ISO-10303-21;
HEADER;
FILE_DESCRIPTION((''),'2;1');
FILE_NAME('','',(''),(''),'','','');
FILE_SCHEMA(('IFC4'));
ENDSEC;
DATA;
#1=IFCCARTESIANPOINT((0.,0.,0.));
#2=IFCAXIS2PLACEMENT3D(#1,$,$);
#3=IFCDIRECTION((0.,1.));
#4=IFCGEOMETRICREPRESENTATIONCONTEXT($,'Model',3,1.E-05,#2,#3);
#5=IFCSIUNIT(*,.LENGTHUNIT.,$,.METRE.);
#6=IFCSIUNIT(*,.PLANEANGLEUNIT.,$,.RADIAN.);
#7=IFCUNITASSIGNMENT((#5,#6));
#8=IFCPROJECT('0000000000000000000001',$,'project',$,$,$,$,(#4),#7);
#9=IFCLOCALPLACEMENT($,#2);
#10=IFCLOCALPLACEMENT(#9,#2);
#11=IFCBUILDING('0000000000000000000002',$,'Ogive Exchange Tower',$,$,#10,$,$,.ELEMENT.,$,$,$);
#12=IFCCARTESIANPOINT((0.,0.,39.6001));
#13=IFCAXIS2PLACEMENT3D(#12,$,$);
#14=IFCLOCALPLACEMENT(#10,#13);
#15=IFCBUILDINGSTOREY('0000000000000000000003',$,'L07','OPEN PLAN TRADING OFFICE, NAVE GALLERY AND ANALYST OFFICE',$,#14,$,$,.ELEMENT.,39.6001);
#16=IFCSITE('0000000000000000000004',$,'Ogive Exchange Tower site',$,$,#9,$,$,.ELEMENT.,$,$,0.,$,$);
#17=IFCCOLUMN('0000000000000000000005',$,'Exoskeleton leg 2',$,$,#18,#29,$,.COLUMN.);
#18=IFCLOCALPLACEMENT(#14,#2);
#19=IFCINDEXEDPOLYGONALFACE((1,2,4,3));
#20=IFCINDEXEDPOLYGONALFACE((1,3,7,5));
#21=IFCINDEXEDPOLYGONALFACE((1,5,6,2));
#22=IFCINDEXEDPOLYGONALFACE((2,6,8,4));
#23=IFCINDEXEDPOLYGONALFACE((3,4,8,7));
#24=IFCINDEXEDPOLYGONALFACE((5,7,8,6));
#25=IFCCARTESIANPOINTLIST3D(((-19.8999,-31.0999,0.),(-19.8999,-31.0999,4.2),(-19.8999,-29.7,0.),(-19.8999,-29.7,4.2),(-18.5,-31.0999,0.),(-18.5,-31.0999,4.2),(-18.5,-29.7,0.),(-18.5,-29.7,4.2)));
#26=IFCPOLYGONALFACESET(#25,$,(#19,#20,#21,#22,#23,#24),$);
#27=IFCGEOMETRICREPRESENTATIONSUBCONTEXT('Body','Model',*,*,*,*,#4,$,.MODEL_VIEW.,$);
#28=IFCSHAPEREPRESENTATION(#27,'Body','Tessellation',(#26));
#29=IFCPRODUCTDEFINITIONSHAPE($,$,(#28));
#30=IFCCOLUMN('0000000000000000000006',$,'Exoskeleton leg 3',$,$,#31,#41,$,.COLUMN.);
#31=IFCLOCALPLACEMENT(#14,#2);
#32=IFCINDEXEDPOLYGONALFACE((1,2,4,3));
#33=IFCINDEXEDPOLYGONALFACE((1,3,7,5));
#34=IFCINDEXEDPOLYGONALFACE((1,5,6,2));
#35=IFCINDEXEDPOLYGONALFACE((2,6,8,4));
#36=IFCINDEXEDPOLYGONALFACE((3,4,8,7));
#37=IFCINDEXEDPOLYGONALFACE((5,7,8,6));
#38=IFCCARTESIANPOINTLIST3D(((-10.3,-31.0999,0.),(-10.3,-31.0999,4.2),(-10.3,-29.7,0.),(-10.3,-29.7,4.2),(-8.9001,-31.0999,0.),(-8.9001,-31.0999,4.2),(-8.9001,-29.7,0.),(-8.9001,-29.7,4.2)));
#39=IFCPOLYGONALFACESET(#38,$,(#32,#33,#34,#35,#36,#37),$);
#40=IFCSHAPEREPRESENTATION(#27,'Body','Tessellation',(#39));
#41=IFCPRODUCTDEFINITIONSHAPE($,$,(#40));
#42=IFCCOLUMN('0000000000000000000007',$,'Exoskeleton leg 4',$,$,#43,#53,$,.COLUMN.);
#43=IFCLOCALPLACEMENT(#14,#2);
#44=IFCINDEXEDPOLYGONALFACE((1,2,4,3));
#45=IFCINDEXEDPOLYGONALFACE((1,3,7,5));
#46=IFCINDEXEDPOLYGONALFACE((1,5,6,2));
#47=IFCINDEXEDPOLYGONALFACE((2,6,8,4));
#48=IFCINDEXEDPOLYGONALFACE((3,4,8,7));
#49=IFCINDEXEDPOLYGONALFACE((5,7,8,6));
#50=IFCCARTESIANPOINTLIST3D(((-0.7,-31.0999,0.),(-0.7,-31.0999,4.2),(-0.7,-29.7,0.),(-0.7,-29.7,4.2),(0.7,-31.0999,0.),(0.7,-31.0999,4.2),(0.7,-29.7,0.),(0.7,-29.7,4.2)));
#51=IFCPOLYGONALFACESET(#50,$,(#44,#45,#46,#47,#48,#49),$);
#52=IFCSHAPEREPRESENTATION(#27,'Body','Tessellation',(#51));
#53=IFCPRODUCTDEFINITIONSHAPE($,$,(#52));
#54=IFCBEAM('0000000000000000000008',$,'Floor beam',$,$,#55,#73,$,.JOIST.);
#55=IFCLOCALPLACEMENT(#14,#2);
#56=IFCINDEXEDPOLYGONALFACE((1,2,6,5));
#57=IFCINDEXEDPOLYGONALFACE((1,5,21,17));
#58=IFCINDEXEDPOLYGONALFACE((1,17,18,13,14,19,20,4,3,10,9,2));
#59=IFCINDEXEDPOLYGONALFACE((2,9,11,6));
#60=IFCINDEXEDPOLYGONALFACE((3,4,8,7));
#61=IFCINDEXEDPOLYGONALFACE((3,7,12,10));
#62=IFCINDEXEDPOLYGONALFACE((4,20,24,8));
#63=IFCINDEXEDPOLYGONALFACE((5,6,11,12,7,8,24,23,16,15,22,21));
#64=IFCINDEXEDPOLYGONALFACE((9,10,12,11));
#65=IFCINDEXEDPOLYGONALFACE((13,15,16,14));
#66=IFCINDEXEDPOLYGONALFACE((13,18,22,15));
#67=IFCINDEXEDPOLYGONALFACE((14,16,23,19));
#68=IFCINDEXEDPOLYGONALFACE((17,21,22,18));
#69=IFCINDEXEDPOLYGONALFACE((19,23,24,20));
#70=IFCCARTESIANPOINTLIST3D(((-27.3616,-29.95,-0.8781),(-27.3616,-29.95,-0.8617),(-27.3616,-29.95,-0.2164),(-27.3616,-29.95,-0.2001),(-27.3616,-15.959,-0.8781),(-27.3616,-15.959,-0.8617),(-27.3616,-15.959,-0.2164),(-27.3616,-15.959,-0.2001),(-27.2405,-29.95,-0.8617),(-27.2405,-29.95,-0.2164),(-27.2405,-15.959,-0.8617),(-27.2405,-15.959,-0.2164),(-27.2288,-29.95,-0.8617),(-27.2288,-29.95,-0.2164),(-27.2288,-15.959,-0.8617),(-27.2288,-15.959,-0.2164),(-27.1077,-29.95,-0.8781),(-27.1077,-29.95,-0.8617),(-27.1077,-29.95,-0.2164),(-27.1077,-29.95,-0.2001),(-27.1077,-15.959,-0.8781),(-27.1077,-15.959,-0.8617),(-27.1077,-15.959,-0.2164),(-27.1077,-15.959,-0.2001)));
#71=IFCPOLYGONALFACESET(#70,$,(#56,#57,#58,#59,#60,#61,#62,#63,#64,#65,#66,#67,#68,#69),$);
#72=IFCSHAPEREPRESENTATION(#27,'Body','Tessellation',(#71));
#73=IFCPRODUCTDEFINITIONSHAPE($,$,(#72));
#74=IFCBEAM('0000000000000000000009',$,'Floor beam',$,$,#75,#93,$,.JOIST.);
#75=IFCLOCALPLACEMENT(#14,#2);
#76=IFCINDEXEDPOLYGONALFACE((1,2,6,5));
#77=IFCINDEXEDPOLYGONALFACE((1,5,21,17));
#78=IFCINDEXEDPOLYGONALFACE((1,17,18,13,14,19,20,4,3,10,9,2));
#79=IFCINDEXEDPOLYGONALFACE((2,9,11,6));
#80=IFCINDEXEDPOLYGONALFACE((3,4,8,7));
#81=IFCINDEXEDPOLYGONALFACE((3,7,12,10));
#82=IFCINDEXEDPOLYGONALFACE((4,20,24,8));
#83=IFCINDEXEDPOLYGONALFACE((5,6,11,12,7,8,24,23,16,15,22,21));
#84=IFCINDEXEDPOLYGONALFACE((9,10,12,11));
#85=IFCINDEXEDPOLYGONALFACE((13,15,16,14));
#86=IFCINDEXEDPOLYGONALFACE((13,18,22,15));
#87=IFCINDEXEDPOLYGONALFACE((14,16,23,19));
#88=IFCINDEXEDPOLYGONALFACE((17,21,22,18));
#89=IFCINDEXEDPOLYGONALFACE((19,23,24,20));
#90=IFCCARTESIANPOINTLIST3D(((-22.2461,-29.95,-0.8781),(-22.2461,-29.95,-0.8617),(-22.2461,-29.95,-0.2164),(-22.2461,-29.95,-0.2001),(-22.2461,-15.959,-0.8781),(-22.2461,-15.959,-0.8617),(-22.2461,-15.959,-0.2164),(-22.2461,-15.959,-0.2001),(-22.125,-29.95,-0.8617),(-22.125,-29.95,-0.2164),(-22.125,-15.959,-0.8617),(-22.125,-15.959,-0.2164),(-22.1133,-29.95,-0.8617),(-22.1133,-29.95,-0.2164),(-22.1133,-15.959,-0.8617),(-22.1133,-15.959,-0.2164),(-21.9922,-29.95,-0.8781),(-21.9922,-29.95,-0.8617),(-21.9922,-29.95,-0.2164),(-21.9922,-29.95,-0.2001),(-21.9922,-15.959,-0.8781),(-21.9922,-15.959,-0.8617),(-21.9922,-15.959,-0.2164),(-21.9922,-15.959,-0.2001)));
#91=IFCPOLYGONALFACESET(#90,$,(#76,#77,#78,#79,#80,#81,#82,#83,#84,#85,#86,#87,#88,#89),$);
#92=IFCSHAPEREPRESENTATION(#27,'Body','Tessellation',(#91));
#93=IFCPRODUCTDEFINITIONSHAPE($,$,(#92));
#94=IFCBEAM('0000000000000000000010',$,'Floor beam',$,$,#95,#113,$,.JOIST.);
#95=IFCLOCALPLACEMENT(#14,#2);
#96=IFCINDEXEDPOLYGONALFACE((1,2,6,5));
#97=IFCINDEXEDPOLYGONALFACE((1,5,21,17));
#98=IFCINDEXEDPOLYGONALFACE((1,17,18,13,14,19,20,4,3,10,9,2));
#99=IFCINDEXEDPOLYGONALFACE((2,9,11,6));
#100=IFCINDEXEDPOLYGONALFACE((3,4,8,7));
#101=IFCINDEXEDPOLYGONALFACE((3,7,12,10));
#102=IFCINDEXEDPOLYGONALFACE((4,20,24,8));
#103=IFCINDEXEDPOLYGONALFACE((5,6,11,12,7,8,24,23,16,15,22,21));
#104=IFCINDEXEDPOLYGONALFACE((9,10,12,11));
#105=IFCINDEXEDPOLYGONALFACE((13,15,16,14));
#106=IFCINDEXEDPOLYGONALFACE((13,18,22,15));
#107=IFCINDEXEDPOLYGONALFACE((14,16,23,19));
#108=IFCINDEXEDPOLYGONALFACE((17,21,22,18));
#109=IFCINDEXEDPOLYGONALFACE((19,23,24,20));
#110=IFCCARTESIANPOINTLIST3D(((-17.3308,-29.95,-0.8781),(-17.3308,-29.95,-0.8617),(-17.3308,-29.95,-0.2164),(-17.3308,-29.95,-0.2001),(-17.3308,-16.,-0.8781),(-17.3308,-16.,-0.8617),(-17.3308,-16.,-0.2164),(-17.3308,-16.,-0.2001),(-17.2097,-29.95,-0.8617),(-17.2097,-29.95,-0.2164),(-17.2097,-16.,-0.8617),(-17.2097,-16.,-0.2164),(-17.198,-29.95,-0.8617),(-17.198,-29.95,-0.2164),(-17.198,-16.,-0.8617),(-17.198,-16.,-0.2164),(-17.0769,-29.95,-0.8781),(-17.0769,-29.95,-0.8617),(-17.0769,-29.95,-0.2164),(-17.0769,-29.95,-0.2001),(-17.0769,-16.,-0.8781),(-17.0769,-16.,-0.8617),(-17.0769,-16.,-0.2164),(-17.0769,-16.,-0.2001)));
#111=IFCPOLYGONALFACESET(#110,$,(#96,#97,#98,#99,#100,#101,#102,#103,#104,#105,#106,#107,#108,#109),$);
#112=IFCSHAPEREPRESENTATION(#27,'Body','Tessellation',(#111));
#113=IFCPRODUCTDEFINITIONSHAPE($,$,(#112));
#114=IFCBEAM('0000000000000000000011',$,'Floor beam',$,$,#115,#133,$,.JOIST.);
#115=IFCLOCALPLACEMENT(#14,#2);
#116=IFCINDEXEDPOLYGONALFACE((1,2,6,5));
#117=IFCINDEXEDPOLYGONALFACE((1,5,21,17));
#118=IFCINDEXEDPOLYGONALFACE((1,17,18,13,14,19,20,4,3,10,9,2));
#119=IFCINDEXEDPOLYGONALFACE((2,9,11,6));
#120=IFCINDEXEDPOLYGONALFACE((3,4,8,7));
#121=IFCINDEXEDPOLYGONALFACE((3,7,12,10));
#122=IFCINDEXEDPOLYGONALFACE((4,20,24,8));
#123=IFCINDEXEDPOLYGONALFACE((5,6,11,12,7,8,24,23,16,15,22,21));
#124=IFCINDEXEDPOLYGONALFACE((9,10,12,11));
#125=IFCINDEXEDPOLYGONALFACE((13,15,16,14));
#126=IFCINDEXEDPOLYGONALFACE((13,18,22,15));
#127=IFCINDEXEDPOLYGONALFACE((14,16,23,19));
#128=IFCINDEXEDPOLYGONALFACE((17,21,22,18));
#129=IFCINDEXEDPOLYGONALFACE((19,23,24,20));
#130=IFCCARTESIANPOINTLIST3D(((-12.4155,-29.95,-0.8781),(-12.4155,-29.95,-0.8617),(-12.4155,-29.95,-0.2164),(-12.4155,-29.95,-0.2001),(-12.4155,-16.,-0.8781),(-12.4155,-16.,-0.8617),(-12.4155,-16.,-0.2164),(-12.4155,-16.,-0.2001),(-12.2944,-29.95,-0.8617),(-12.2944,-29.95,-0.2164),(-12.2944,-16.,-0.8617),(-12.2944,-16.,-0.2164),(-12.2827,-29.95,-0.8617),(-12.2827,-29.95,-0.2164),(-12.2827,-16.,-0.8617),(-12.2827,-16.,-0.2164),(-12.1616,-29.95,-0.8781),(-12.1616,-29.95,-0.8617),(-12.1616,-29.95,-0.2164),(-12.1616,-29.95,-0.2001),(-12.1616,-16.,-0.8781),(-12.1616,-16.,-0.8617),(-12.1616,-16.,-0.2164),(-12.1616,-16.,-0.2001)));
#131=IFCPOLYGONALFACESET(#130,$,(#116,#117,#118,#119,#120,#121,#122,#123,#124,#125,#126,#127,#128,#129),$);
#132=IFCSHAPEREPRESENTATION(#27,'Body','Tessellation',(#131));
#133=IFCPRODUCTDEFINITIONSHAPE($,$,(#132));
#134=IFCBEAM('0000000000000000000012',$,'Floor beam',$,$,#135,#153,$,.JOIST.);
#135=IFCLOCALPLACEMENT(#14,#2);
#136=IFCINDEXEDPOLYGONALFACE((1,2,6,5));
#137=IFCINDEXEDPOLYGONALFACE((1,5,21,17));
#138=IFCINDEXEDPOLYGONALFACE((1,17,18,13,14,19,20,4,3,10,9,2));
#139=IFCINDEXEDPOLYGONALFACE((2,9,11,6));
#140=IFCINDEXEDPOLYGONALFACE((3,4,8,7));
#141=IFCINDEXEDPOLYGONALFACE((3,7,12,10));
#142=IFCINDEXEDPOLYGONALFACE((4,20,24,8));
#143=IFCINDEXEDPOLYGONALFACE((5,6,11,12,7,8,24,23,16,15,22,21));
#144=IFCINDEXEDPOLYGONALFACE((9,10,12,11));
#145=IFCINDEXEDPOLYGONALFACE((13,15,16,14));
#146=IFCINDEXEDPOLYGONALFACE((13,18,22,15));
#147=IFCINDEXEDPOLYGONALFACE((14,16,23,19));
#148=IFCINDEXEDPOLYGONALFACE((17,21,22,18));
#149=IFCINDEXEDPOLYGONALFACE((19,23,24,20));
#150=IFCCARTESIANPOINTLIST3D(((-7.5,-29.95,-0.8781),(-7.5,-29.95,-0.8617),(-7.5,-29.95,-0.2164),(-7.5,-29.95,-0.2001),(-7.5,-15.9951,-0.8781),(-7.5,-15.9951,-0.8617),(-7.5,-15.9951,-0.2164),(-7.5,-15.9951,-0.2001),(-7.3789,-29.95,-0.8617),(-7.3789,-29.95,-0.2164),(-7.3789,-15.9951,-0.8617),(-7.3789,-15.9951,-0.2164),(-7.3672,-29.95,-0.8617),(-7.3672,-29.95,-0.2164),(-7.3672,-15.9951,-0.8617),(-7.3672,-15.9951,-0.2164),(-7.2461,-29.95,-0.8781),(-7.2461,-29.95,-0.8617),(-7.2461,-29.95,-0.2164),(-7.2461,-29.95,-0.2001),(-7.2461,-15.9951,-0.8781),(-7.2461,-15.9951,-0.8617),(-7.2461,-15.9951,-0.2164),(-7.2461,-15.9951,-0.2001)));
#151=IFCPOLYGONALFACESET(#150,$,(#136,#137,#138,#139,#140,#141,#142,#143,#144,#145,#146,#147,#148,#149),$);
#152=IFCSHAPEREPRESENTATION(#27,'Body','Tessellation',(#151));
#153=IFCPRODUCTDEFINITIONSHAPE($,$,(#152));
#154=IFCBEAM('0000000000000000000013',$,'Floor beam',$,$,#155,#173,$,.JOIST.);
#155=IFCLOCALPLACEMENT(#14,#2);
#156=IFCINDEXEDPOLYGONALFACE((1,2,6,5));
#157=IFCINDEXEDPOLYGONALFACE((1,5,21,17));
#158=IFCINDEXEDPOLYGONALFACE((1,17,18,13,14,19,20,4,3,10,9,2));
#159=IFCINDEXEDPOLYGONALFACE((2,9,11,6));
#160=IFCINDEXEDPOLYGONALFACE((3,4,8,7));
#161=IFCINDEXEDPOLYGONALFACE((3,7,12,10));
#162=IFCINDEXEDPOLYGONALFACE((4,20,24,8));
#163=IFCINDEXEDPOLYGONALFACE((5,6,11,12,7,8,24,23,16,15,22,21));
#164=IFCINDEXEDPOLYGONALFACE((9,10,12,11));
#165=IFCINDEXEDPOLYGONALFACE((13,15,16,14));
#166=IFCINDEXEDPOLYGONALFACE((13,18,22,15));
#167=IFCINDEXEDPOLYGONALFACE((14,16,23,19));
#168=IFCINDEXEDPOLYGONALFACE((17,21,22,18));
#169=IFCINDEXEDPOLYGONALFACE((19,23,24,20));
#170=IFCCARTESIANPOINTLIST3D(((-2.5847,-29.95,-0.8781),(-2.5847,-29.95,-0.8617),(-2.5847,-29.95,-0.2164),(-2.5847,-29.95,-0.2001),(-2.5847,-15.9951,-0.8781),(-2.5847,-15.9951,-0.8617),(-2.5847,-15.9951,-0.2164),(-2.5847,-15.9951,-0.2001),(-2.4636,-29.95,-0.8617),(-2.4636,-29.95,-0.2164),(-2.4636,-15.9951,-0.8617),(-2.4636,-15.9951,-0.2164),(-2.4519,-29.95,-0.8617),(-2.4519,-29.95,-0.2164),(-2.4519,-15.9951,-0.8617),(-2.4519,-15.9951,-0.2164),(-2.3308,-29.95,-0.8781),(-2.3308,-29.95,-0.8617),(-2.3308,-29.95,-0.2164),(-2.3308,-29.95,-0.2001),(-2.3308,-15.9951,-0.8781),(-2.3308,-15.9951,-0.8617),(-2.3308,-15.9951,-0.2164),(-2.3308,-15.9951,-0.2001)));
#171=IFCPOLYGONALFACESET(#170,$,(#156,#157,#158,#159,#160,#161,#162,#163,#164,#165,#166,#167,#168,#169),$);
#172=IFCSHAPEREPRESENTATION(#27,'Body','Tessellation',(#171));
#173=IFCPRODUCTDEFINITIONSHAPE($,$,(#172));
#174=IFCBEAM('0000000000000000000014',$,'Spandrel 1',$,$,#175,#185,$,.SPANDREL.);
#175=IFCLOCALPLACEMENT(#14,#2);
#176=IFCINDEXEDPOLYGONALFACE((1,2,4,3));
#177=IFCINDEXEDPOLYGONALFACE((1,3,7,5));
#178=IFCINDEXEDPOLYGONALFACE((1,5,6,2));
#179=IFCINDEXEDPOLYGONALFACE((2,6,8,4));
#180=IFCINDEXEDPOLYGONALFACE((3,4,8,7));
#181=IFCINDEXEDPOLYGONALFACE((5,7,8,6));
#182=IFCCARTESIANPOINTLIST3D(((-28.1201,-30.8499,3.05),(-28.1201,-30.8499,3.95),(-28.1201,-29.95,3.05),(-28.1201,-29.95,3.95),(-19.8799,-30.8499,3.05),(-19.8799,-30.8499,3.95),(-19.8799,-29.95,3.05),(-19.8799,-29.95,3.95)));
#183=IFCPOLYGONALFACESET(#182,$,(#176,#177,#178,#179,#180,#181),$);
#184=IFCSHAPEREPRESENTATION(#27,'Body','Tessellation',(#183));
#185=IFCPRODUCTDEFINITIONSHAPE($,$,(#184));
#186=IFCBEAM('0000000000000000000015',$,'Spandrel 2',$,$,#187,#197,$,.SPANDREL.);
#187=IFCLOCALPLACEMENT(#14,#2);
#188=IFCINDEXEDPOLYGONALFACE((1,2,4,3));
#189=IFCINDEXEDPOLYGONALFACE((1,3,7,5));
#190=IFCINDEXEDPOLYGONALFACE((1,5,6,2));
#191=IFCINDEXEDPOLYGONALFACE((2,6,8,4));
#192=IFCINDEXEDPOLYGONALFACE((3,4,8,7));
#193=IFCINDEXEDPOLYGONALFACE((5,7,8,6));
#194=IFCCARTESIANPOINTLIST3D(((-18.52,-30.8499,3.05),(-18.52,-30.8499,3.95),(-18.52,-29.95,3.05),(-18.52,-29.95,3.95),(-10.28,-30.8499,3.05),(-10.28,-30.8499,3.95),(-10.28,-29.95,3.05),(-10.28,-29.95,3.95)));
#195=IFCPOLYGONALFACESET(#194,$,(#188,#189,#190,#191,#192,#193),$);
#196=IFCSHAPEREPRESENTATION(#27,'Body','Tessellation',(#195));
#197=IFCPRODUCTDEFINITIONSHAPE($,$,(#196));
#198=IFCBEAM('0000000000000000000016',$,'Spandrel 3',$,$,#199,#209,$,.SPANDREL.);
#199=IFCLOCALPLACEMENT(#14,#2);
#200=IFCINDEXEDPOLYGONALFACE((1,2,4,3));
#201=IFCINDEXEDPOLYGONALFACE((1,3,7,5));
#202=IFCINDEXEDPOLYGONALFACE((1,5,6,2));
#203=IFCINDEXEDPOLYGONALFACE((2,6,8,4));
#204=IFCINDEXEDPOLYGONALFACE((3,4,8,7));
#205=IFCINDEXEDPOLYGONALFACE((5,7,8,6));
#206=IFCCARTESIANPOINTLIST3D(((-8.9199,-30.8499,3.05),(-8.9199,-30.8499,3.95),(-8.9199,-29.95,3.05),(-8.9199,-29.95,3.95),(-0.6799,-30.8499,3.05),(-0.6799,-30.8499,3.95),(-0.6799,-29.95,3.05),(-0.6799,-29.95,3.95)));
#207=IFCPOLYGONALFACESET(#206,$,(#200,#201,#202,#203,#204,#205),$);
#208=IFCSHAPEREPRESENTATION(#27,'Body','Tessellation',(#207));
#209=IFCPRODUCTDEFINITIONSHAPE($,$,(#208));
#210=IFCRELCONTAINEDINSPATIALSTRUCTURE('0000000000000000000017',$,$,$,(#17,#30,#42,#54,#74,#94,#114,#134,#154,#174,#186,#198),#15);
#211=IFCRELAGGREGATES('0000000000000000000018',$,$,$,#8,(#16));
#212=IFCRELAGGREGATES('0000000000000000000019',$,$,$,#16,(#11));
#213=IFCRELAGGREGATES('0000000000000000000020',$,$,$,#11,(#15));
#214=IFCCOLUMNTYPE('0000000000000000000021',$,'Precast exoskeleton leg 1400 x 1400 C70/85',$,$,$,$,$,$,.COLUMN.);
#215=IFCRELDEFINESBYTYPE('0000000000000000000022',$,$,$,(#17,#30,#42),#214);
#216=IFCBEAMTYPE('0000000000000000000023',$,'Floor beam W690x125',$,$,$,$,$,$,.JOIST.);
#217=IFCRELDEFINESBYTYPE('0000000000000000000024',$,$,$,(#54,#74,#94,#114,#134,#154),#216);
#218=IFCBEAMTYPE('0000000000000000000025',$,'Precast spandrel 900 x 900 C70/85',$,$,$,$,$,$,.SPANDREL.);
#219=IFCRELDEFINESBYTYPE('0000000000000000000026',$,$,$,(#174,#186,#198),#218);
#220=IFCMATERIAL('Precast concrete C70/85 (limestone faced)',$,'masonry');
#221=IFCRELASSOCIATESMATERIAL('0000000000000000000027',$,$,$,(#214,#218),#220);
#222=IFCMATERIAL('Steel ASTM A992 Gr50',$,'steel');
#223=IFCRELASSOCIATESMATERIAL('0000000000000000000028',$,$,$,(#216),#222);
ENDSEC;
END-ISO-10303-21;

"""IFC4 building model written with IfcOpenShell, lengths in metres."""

from ifc_helpers import new_model, si_unit, direction, frame, origin, origin_2d, place, context, subcontext, project, spatial, rectangle, i_section, extrude, material, material_profile, profile_set, type_object, element, save


model = new_model("IFC4")

# Units and contexts
model_context = context("Model", 3, precision=1e-05, world=origin(), true_north=direction((0.0, 1.0)))
body_context = subcontext(model_context, "Body", "Model", "MODEL_VIEW")
ifc_project = project(units=[si_unit("LENGTHUNIT", "METRE"), si_unit("PLANEANGLEUNIT", "RADIAN")], contexts=[model_context])

# Site, building, storey
site_placement = place(None, origin())
site = spatial("IfcSite", under=ifc_project, at=site_placement, Name="Ogive Exchange Tower site", CompositionType="ELEMENT", RefElevation=0.0)
building_placement = place(site_placement, origin())
building = spatial("IfcBuilding", under=site, at=building_placement, Name="Ogive Exchange Tower", CompositionType="ELEMENT")
storey_placement = place(building_placement, frame((0.0, 0.0, 39.6001)))
storey = spatial("IfcBuildingStorey", under=building, at=storey_placement, Name="L07", Description="OPEN PLAN TRADING OFFICE, NAVE GALLERY AND ANALYST OFFICE", CompositionType="ELEMENT", Elevation=39.6001)

# Columns
ifc_material_1 = material(Name="Precast concrete C70/85 (limestone faced)", Category="masonry")
ifc_material_profile_1 = material_profile(ifc_material_1, rectangle(XDim=1.3999, YDim=1.3999, at=origin_2d()), Name="1400 x 1400")
ifc_profile_set_1 = profile_set([ifc_material_profile_1], Name="Precast concrete C70/85 (limestone faced)")
column_type = type_object("IfcColumnType", Name="Precast exoskeleton leg 1400 x 1400 C70/85", PredefinedType="COLUMN", material=ifc_profile_set_1)
for number, where, z_axis, x_axis, name in (
    (1, (-19.2, -30.3999, 0.0), (0.0, 0.0, 1.0), (1.0, 0.0, 0.0), "Exoskeleton leg 2"),
    (2, (-9.6001, -30.3999, 0.0), (0.0, 0.0, 1.0), (1.0, 0.0, 0.0), "Exoskeleton leg 3"),
    (3, (0.0, -30.3999, 0.0), (0.0, 0.0, 1.0), (1.0, 0.0, 0.0), "Exoskeleton leg 4"),
):
    element("IfcColumn", number, at=place(storey_placement, frame(where, z_axis=z_axis, x_axis=x_axis)), inside=storey, type_object=column_type, Name=name, PredefinedType="COLUMN", context=body_context, shape_type="SweptSolid", body=[
        extrude(rectangle(XDim=1.3999, YDim=1.3999, at=origin_2d()), origin(), (0.0, 0.0, 1.0), 4.2),
    ])

# Beams
ifc_material_2 = material(Name="Steel ASTM A992 Gr50", Category="steel")
ifc_material_profile_2 = material_profile(ifc_material_2, i_section(OverallWidth=0.2539, OverallDepth=0.678, WebThickness=0.0117, FlangeThickness=0.0164, at=origin_2d()), Name="W690x125")
ifc_profile_set_2 = profile_set([ifc_material_profile_2], Name="Steel ASTM A992 Gr50")
beam_type_1 = type_object("IfcBeamType", Name="Floor beam W690x125", PredefinedType="JOIST", material=ifc_profile_set_2)
for number, where, z_axis, x_axis, name in (
    (4, (-27.2346, -29.95, -0.5391), (0.0, 1.0, 0.0), (-1.0, 0.0, 0.0), "Floor beam"),
    (5, (-22.1191, -29.95, -0.5391), (0.0, 1.0, 0.0), (-1.0, 0.0, 0.0), "Floor beam"),
):
    element("IfcBeam", number, at=place(storey_placement, frame(where, z_axis=z_axis, x_axis=x_axis)), inside=storey, type_object=beam_type_1, Name=name, PredefinedType="JOIST", context=body_context, shape_type="SweptSolid", body=[
        extrude(i_section(OverallWidth=0.2539, OverallDepth=0.678, WebThickness=0.0117, FlangeThickness=0.0164, at=origin_2d()), origin(), (0.0, 0.0, 1.0), 13.991),
    ])
for number, where, z_axis, x_axis, name in (
    (6, (-17.2039, -29.95, -0.5391), (0.0, 1.0, 0.0), (-1.0, 0.0, 0.0), "Floor beam"),
    (7, (-12.2886, -29.95, -0.5391), (0.0, 1.0, 0.0), (-1.0, 0.0, 0.0), "Floor beam"),
):
    element("IfcBeam", number, at=place(storey_placement, frame(where, z_axis=z_axis, x_axis=x_axis)), inside=storey, type_object=beam_type_1, Name=name, PredefinedType="JOIST", context=body_context, shape_type="SweptSolid", body=[
        extrude(i_section(OverallWidth=0.2539, OverallDepth=0.678, WebThickness=0.0117, FlangeThickness=0.0164, at=origin_2d()), origin(), (0.0, 0.0, 1.0), 13.95),
    ])
for number, where, z_axis, x_axis, name in (
    (8, (-7.373, -29.95, -0.5391), (0.0, 1.0, 0.0), (-1.0, 0.0, 0.0), "Floor beam"),
    (9, (-2.4578, -29.95, -0.5391), (0.0, 1.0, 0.0), (-1.0, 0.0, 0.0), "Floor beam"),
):
    element("IfcBeam", number, at=place(storey_placement, frame(where, z_axis=z_axis, x_axis=x_axis)), inside=storey, type_object=beam_type_1, Name=name, PredefinedType="JOIST", context=body_context, shape_type="SweptSolid", body=[
        extrude(i_section(OverallWidth=0.2539, OverallDepth=0.678, WebThickness=0.0117, FlangeThickness=0.0164, at=origin_2d()), origin(), (0.0, 0.0, 1.0), 13.9548),
    ])
ifc_material_profile_3 = material_profile(ifc_material_1, rectangle(XDim=0.8999, YDim=0.8999, at=origin_2d()), Name="900 x 900")
ifc_profile_set_3 = profile_set([ifc_material_profile_3], Name="Precast concrete C70/85 (limestone faced)")
beam_type_2 = type_object("IfcBeamType", Name="Precast spandrel 900 x 900 C70/85", PredefinedType="SPANDREL", material=ifc_profile_set_3)
beam_placement = place(storey_placement, frame((-28.1201, -30.3999, 3.5), z_axis=(1.0, 0.0, 0.0), x_axis=(0.0, 1.0, 0.0)))
element("IfcBeam", 10, at=beam_placement, inside=storey, type_object=beam_type_2, Name="Spandrel 1", PredefinedType="SPANDREL", context=body_context, shape_type="SweptSolid", body=[
    extrude(rectangle(XDim=0.8999, YDim=0.8999, at=origin_2d()), origin(), (0.0, 0.0, 1.0), 8.2402),
])
for number, where, z_axis, x_axis, name in (
    (11, (-18.52, -30.3999, 3.5), (1.0, 0.0, 0.0), (0.0, 1.0, 0.0), "Spandrel 2"),
    (12, (-8.9199, -30.3999, 3.5), (1.0, 0.0, 0.0), (0.0, 1.0, 0.0), "Spandrel 3"),
):
    element("IfcBeam", number, at=place(storey_placement, frame(where, z_axis=z_axis, x_axis=x_axis)), inside=storey, type_object=beam_type_2, Name=name, PredefinedType="SPANDREL", context=body_context, shape_type="SweptSolid", body=[
        extrude(rectangle(XDim=0.8999, YDim=0.8999, at=origin_2d()), origin(), (0.0, 0.0, 1.0), 8.24),
    ])

save(model, "model.ifc")
